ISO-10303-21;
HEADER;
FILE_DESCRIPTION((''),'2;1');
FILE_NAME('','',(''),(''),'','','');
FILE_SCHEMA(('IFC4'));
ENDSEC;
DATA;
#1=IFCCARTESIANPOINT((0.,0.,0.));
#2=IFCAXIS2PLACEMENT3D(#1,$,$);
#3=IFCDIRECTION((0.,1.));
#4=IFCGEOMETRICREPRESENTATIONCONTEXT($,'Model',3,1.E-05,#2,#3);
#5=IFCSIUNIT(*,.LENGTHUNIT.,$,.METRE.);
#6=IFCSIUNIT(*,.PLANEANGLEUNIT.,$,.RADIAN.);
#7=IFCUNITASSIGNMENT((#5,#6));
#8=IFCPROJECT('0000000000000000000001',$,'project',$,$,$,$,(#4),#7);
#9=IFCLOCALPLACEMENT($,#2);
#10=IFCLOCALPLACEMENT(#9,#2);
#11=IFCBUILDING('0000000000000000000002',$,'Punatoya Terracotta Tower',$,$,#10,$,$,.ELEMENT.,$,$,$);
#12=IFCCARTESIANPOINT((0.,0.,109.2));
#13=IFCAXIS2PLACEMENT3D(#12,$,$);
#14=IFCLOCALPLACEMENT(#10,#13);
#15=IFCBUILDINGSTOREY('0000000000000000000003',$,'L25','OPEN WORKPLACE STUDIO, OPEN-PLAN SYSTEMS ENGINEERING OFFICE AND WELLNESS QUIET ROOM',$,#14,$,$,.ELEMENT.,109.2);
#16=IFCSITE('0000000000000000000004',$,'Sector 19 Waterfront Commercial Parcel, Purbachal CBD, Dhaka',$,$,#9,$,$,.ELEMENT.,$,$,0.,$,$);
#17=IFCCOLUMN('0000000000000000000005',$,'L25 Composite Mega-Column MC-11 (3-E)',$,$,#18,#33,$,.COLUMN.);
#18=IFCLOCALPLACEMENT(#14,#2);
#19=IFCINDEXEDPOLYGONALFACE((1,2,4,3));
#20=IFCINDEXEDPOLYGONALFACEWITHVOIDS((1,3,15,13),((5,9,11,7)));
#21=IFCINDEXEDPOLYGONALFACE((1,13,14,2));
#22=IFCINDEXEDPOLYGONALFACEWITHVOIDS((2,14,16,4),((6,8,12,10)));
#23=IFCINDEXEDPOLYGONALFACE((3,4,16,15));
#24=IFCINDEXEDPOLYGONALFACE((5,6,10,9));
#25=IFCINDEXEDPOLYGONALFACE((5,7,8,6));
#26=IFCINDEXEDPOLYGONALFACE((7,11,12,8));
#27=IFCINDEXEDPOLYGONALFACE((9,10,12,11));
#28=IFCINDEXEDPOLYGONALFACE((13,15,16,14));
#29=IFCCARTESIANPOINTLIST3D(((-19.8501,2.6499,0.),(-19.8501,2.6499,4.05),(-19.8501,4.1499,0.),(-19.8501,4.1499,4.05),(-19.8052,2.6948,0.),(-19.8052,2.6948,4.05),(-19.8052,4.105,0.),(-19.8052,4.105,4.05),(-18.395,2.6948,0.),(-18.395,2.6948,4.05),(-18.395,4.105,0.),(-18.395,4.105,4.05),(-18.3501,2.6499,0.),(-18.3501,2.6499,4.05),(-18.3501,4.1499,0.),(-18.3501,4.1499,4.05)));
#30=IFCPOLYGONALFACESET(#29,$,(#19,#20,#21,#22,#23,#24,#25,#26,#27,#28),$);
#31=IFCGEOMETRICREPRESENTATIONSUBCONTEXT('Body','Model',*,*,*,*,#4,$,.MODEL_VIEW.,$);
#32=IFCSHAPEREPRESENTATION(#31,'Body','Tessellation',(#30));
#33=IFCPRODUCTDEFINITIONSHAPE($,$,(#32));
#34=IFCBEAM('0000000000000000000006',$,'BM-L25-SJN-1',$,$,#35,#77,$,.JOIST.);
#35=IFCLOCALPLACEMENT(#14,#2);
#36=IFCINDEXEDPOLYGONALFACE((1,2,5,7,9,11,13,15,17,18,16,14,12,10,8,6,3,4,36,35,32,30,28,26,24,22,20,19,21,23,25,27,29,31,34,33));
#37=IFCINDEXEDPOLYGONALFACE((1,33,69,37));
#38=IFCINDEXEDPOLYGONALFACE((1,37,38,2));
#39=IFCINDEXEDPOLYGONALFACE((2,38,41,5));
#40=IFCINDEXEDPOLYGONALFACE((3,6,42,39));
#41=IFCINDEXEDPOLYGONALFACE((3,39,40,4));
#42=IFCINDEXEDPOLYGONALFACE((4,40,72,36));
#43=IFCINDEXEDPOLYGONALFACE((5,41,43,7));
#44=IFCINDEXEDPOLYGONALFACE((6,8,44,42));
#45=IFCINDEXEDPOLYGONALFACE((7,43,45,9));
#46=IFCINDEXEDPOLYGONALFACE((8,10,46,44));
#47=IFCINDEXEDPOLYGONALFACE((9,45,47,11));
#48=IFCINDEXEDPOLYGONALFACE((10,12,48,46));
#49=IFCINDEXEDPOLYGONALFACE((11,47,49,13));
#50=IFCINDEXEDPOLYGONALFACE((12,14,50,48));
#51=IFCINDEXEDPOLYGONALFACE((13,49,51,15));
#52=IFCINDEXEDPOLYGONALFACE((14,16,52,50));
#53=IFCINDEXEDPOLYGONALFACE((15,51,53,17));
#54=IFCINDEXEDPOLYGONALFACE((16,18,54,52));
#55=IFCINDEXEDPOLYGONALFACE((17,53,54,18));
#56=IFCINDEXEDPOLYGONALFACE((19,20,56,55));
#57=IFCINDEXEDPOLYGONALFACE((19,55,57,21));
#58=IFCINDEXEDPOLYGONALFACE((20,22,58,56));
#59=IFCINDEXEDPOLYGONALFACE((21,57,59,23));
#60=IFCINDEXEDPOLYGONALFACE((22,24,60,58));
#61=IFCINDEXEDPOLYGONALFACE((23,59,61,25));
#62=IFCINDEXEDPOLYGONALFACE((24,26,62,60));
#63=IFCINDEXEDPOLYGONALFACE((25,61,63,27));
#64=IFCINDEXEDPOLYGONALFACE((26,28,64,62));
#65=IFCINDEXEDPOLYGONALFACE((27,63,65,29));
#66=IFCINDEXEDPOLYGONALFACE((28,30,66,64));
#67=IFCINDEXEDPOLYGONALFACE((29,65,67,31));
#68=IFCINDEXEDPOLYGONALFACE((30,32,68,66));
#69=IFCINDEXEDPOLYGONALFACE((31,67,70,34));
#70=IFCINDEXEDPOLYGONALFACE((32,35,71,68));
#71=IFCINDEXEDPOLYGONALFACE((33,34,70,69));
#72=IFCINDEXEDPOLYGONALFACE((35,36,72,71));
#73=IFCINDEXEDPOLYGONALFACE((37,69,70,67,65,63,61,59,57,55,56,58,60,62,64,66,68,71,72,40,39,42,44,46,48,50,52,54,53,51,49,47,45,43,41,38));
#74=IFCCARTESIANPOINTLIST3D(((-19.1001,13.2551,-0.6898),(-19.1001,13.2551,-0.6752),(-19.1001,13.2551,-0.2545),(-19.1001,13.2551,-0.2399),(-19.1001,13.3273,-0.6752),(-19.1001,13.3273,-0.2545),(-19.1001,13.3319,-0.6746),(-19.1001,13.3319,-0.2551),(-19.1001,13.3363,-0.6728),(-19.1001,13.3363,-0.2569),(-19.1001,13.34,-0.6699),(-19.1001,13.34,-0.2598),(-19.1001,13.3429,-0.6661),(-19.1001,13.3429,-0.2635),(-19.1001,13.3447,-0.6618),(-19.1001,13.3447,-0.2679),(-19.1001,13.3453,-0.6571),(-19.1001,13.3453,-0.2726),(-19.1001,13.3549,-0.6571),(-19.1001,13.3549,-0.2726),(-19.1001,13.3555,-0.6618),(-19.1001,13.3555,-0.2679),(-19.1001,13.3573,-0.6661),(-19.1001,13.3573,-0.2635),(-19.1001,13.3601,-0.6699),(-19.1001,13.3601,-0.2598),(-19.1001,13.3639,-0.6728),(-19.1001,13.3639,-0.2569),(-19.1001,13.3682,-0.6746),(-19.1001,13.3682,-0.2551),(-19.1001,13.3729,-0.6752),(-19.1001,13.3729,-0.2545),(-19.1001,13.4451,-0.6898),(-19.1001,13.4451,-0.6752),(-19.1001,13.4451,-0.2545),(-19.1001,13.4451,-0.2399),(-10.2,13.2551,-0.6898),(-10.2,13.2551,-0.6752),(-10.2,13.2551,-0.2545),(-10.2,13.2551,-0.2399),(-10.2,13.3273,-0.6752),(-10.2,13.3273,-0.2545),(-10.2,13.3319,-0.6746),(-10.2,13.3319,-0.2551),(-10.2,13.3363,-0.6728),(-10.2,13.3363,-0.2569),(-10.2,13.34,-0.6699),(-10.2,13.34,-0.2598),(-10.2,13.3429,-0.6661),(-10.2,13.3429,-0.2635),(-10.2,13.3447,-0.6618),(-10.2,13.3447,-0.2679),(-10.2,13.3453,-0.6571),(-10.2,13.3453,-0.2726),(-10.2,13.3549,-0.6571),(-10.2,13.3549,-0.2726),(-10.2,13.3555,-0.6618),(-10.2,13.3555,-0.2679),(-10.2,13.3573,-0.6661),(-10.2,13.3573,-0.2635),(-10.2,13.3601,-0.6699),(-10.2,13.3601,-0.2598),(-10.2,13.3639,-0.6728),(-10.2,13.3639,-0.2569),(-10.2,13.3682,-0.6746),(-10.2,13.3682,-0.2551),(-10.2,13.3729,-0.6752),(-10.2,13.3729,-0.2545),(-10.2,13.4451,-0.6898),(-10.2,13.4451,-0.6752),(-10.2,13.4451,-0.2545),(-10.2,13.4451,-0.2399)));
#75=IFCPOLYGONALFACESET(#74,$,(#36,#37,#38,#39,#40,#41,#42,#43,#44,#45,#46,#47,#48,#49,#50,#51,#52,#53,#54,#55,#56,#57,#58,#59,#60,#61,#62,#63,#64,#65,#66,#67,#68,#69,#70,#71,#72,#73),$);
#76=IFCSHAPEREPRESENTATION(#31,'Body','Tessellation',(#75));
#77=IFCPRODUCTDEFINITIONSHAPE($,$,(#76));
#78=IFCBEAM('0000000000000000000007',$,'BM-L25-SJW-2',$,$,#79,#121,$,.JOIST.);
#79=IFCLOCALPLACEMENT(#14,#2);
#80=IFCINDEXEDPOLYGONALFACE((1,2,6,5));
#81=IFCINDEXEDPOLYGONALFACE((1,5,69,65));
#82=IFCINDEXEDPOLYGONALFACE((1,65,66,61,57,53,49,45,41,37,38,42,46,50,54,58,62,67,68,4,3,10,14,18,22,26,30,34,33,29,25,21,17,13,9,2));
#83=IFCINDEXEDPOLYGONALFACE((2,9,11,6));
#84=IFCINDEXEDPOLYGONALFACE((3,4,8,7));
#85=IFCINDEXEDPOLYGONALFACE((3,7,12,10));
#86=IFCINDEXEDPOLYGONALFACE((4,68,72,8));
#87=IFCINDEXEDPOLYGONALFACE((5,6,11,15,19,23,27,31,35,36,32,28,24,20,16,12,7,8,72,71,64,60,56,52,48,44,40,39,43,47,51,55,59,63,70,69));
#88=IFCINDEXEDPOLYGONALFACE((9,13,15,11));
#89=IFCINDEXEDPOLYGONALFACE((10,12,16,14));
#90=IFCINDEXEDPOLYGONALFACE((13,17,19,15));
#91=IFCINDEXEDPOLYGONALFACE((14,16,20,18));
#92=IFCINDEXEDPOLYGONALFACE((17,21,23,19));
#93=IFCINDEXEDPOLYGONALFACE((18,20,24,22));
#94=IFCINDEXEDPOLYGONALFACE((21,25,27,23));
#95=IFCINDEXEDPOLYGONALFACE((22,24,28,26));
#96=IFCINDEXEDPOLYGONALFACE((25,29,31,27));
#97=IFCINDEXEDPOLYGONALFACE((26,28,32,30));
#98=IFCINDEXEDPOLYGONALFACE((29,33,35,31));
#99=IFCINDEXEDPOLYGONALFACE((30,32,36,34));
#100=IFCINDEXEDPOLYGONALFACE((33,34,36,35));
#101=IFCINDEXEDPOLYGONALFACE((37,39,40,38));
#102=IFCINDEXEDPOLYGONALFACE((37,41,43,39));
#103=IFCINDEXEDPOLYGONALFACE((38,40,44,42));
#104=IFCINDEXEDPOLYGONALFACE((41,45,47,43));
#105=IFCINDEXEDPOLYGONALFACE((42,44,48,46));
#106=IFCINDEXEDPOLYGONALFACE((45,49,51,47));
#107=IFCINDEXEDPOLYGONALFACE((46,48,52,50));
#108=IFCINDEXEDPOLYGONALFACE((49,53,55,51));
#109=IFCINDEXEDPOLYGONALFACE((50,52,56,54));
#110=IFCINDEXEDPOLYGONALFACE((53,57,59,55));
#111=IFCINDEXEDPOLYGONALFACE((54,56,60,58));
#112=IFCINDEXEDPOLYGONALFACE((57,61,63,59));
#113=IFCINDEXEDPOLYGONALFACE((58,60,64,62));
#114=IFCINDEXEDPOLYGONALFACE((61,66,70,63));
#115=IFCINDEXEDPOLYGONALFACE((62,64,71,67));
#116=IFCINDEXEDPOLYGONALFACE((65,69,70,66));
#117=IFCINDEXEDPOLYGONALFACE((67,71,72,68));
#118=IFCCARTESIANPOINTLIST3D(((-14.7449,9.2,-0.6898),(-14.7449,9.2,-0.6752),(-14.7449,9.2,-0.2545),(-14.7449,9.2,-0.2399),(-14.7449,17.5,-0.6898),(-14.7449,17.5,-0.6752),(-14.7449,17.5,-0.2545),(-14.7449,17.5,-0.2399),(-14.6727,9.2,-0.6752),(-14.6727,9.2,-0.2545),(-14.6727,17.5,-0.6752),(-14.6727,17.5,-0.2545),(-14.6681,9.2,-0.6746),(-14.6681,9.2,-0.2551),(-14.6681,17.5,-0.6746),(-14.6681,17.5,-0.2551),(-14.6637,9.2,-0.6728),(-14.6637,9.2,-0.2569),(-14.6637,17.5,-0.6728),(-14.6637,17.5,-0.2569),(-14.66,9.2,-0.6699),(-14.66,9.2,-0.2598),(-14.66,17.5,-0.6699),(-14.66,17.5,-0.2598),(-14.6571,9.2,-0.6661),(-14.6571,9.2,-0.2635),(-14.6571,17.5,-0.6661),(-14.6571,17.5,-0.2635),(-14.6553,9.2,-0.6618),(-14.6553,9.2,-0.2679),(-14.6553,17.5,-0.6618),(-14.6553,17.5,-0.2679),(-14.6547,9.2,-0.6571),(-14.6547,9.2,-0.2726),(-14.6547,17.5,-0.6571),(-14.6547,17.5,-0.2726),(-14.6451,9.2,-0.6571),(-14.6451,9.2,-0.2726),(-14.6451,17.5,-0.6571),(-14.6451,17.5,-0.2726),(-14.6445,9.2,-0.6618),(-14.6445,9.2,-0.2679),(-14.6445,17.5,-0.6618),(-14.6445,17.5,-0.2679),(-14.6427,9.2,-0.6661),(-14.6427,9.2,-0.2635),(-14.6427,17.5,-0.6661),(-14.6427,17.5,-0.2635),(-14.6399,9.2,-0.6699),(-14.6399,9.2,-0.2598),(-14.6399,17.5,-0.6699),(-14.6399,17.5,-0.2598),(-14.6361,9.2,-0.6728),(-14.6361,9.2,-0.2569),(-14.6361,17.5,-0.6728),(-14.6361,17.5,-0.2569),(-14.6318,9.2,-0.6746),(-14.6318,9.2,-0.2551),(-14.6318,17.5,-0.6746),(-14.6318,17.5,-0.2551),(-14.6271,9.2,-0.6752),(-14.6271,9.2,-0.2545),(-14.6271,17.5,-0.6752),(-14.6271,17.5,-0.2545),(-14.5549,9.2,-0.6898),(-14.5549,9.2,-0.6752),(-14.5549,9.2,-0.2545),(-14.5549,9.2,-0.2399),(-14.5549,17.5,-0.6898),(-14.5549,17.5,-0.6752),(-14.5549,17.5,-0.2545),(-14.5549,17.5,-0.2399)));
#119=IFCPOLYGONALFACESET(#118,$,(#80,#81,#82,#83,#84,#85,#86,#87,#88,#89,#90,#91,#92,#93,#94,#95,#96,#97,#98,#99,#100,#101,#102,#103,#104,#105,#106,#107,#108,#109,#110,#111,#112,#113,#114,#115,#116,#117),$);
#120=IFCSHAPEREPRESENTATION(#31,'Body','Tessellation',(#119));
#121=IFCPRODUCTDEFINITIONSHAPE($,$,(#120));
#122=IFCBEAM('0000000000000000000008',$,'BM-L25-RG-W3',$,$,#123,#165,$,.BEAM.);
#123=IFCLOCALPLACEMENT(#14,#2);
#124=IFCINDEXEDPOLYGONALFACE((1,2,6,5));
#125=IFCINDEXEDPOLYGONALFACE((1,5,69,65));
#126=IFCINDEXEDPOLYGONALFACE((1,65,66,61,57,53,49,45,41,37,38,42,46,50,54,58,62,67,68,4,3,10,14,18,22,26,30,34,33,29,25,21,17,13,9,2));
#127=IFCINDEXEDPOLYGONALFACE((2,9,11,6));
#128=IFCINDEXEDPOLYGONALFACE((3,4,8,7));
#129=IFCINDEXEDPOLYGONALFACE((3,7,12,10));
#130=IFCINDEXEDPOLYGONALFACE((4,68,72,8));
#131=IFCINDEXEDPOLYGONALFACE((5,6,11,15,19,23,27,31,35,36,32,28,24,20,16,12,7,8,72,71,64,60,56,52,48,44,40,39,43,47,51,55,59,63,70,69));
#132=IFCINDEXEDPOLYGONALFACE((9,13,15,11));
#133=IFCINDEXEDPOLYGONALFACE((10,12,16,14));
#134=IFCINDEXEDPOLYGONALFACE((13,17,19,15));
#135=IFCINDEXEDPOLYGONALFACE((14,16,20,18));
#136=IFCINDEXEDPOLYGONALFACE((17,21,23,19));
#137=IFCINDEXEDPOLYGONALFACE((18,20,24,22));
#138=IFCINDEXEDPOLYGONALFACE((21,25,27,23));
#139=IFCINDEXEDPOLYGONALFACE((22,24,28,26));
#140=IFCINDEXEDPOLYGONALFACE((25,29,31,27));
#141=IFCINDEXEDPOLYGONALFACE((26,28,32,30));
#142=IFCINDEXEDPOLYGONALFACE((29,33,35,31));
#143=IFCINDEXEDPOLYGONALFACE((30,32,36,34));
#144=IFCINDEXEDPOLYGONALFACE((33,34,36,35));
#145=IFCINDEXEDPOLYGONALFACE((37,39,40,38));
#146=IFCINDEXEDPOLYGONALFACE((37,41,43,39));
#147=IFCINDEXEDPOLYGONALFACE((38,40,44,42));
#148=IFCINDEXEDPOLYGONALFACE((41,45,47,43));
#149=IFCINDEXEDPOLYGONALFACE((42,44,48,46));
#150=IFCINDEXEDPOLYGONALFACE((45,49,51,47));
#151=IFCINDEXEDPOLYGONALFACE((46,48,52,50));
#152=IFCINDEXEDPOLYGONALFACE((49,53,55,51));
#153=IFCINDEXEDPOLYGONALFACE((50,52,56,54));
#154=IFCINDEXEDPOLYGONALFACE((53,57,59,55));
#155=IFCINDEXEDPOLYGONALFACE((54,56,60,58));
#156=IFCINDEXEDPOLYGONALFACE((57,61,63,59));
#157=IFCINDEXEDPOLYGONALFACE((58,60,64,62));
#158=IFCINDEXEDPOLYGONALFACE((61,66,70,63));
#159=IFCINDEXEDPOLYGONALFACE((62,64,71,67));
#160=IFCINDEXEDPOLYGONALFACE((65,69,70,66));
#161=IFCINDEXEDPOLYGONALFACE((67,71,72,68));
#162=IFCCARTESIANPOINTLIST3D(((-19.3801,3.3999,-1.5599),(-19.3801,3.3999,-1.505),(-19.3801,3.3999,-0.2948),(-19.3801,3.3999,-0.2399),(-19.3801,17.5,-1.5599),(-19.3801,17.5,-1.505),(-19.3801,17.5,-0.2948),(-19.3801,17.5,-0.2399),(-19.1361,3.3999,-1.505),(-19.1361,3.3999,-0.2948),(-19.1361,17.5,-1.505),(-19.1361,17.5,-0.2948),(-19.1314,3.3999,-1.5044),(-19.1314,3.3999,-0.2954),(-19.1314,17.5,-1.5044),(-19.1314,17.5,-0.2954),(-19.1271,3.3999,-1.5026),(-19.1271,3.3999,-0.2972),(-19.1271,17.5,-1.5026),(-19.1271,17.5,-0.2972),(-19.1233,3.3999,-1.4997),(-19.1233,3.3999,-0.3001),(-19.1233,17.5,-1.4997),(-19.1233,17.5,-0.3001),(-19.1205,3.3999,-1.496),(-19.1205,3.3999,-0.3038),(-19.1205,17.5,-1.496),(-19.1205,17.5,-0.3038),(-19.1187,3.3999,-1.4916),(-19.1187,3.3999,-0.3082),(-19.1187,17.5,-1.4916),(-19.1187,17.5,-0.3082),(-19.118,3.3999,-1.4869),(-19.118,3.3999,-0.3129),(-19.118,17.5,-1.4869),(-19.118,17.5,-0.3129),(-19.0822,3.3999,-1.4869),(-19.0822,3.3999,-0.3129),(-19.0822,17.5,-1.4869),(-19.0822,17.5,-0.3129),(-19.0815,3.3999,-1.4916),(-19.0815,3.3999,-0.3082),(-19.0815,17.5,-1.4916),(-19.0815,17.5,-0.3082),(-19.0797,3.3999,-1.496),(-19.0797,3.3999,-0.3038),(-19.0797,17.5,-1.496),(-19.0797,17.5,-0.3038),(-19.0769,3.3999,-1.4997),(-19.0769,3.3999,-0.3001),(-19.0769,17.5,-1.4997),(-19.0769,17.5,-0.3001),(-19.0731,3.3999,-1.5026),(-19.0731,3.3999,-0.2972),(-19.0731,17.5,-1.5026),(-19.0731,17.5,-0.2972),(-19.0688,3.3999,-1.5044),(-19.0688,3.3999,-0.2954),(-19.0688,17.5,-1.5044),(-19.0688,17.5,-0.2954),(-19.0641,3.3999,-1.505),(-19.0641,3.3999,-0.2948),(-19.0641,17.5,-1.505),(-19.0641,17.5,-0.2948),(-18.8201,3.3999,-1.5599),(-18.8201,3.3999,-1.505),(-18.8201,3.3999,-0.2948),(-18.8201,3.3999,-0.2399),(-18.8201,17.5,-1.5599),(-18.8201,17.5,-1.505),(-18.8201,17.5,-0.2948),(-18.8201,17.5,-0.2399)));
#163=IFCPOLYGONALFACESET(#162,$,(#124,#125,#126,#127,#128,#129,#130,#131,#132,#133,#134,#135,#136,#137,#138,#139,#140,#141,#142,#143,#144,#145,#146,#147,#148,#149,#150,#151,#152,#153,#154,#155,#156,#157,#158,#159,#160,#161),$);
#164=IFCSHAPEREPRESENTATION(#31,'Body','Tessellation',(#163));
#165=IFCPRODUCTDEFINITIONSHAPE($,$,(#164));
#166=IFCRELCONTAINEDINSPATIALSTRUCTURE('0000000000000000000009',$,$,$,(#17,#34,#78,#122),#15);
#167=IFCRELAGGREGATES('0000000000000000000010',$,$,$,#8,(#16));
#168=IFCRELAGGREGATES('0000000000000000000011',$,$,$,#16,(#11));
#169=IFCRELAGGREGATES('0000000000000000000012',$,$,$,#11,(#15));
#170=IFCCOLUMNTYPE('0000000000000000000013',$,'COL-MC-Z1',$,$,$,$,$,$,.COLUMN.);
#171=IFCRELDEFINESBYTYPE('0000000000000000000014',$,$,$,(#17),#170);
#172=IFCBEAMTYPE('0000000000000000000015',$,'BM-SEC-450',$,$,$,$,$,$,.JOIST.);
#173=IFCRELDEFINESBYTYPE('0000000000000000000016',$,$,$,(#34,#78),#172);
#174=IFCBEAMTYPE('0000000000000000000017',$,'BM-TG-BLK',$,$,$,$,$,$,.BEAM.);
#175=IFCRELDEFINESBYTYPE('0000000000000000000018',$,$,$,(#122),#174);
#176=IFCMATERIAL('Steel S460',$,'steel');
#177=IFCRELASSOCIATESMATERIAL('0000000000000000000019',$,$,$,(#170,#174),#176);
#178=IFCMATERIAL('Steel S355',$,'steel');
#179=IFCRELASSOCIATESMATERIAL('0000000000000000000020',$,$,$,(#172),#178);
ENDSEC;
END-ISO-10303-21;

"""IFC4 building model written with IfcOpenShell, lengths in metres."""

from ifc_helpers import new_model, si_unit, direction, frame, origin, origin_2d, place, context, subcontext, project, spatial, hollow_rectangle, i_section, extrude, material, material_profile, profile_set, type_object, element, save


model = new_model("IFC4")

# Units and contexts
model_context = context("Model", 3, precision=1e-05, world=origin(), true_north=direction((0.0, 1.0)))
body_context = subcontext(model_context, "Body", "Model", "MODEL_VIEW")
ifc_project = project(units=[si_unit("LENGTHUNIT", "METRE"), si_unit("PLANEANGLEUNIT", "RADIAN")], contexts=[model_context])

# Site, building, storey
site_placement = place(None, origin())
site = spatial("IfcSite", under=ifc_project, at=site_placement, Name="Sector 19 Waterfront Commercial Parcel, Purbachal CBD, Dhaka", CompositionType="ELEMENT", RefElevation=0.0)
building_placement = place(site_placement, origin())
building = spatial("IfcBuilding", under=site, at=building_placement, Name="Punatoya Terracotta Tower", CompositionType="ELEMENT")
storey_placement = place(building_placement, frame((0.0, 0.0, 109.2)))
storey = spatial("IfcBuildingStorey", under=building, at=storey_placement, Name="L25", Description="OPEN WORKPLACE STUDIO, OPEN-PLAN SYSTEMS ENGINEERING OFFICE AND WELLNESS QUIET ROOM", CompositionType="ELEMENT", Elevation=109.2)

# Column
ifc_material_1 = material(Name="Steel S460", Category="steel")
ifc_material_profile_1 = material_profile(ifc_material_1, hollow_rectangle(XDim=1.5, YDim=1.5, WallThickness=0.0449, at=origin_2d()))
ifc_profile_set_1 = profile_set([ifc_material_profile_1], Name="Steel S460")
column_type = type_object("IfcColumnType", Name="COL-MC-Z1", PredefinedType="COLUMN", material=ifc_profile_set_1)
column_placement = place(storey_placement, frame((-19.1001, 3.3999, 0.0), z_axis=(0.0, 0.0, 1.0), x_axis=(1.0, 0.0, 0.0)))
element("IfcColumn", 1, at=column_placement, inside=storey, type_object=column_type, Name="L25 Composite Mega-Column MC-11 (3-E)", PredefinedType="COLUMN", context=body_context, shape_type="SweptSolid", body=[
    extrude(hollow_rectangle(XDim=1.5, YDim=1.5, WallThickness=0.0449, at=origin_2d()), origin(), (0.0, 0.0, 1.0), 4.05),
])

# Beams
ifc_material_2 = material(Name="Steel S355", Category="steel")
ifc_material_profile_2 = material_profile(ifc_material_2, i_section(OverallWidth=0.1899, OverallDepth=0.45, WebThickness=0.0095, FlangeThickness=0.0146, FilletRadius=0.0181, at=origin_2d()))
ifc_profile_set_2 = profile_set([ifc_material_profile_2], Name="Steel S355")
beam_type_1 = type_object("IfcBeamType", Name="BM-SEC-450", PredefinedType="JOIST", material=ifc_profile_set_2)
beam_1_placement = place(storey_placement, frame((-19.1001, 13.3501, -0.4648), z_axis=(1.0, 0.0, 0.0), x_axis=(0.0, 1.0, 0.0)))
element("IfcBeam", 2, at=beam_1_placement, inside=storey, type_object=beam_type_1, Name="BM-L25-SJN-1", PredefinedType="JOIST", context=body_context, shape_type="SweptSolid", body=[
    extrude(i_section(OverallWidth=0.1899, OverallDepth=0.45, WebThickness=0.0095, FlangeThickness=0.0146, FilletRadius=0.0181, at=origin_2d()), origin(), (0.0, 0.0, 1.0), 8.9001),
])
beam_2_placement = place(storey_placement, frame((-14.6499, 9.2, -0.4648), z_axis=(0.0, 1.0, 0.0), x_axis=(-1.0, 0.0, 0.0)))
element("IfcBeam", 3, at=beam_2_placement, inside=storey, type_object=beam_type_1, Name="BM-L25-SJW-2", PredefinedType="JOIST", context=body_context, shape_type="SweptSolid", body=[
    extrude(i_section(OverallWidth=0.1899, OverallDepth=0.45, WebThickness=0.0095, FlangeThickness=0.0146, FilletRadius=0.0181, at=origin_2d()), origin(), (0.0, 0.0, 1.0), 8.3),
])
ifc_material_profile_3 = material_profile(ifc_material_1, i_section(OverallWidth=0.5601, OverallDepth=1.3201, WebThickness=0.0359, FlangeThickness=0.0549, FilletRadius=0.0181, at=origin_2d()))
ifc_profile_set_3 = profile_set([ifc_material_profile_3], Name="Steel S460")
beam_type_2 = type_object("IfcBeamType", Name="BM-TG-BLK", PredefinedType="BEAM", material=ifc_profile_set_3)
beam_3_placement = place(storey_placement, frame((-19.1001, 3.3999, -0.8999), z_axis=(0.0, 1.0, 0.0), x_axis=(-1.0, 0.0, 0.0)))
element("IfcBeam", 4, at=beam_3_placement, inside=storey, type_object=beam_type_2, Name="BM-L25-RG-W3", PredefinedType="BEAM", context=body_context, shape_type="SweptSolid", body=[
    extrude(i_section(OverallWidth=0.5601, OverallDepth=1.3201, WebThickness=0.0359, FlangeThickness=0.0549, FilletRadius=0.0181, at=origin_2d()), origin(), (0.0, 0.0, 1.0), 14.1001),
])

save(model, "model.ifc")
